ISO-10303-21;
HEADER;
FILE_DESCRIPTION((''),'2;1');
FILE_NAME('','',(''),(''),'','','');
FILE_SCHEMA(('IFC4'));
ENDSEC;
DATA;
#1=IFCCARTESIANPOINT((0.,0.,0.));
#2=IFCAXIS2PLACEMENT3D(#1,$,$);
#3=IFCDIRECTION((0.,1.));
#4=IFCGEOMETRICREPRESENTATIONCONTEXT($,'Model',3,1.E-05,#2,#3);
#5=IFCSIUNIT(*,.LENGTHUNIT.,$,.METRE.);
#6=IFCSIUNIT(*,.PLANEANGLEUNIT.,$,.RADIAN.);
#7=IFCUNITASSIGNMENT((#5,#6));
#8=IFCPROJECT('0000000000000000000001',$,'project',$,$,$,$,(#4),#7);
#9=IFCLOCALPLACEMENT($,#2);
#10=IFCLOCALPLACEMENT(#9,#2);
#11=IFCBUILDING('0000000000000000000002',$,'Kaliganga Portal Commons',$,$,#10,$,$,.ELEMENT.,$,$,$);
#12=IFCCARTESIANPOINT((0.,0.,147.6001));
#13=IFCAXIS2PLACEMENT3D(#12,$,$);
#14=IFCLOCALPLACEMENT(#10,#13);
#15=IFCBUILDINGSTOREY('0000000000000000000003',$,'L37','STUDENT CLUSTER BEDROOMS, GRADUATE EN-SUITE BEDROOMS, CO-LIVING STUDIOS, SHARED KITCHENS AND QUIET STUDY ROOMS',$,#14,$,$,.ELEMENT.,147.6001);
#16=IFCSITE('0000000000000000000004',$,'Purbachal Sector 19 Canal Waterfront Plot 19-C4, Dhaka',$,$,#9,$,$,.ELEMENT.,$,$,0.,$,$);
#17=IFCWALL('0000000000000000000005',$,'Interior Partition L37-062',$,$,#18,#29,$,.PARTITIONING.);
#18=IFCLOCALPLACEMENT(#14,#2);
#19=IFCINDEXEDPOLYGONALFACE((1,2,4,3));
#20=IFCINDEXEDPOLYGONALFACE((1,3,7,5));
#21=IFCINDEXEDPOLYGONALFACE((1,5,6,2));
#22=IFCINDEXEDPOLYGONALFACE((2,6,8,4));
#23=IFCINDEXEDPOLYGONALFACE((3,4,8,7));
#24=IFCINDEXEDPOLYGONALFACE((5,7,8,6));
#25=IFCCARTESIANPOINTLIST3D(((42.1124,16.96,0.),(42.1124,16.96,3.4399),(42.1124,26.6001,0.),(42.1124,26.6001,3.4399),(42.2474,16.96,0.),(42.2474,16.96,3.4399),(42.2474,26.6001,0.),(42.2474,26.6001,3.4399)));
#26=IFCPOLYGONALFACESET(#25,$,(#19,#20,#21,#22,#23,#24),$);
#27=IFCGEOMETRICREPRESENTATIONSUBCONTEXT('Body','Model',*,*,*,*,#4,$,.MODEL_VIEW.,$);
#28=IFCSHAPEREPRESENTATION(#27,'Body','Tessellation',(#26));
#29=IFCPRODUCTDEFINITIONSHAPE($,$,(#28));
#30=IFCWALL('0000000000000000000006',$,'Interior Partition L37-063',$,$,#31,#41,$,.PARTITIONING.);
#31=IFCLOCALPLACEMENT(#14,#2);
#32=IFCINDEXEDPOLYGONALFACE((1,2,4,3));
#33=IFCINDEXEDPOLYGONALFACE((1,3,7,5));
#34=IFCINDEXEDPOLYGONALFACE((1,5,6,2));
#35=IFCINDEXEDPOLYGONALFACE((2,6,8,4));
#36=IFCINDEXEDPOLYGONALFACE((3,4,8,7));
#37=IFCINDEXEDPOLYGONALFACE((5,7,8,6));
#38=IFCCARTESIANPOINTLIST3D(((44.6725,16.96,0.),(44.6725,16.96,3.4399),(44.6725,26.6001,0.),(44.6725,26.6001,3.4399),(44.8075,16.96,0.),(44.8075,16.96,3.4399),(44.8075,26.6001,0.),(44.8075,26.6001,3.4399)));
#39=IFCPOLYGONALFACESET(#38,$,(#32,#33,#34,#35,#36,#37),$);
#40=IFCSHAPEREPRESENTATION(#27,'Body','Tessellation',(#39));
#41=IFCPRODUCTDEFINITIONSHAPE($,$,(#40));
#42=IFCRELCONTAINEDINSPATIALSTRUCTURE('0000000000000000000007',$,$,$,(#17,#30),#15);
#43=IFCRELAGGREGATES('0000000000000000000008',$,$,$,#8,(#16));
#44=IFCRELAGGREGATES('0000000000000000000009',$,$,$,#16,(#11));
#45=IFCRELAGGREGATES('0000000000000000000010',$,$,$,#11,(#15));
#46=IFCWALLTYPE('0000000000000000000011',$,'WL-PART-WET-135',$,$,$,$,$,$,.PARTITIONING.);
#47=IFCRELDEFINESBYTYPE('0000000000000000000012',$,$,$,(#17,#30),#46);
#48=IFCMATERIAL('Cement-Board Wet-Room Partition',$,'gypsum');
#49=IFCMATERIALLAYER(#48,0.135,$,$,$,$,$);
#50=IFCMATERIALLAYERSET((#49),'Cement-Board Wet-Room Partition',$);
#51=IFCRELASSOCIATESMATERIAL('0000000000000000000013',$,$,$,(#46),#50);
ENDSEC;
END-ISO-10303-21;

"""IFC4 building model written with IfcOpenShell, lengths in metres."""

from ifc_helpers import new_model, si_unit, direction, frame, frame_2d, origin, place, context, subcontext, project, spatial, rectangle, extrude, material, layer, layer_set, type_object, element, save


model = new_model("IFC4")

# Units and contexts
model_context = context("Model", 3, precision=1e-05, world=origin(), true_north=direction((0.0, 1.0)))
body_context = subcontext(model_context, "Body", "Model", "MODEL_VIEW")
ifc_project = project(units=[si_unit("LENGTHUNIT", "METRE"), si_unit("PLANEANGLEUNIT", "RADIAN")], contexts=[model_context])

# Site, building, storey
site_placement = place(None, origin())
site = spatial("IfcSite", under=ifc_project, at=site_placement, Name="Purbachal Sector 19 Canal Waterfront Plot 19-C4, Dhaka", CompositionType="ELEMENT", RefElevation=0.0)
building_placement = place(site_placement, origin())
building = spatial("IfcBuilding", under=site, at=building_placement, Name="Kaliganga Portal Commons", CompositionType="ELEMENT")
storey_placement = place(building_placement, frame((0.0, 0.0, 147.6001)))
storey = spatial("IfcBuildingStorey", under=building, at=storey_placement, Name="L37", Description="STUDENT CLUSTER BEDROOMS, GRADUATE EN-SUITE BEDROOMS, CO-LIVING STUDIOS, SHARED KITCHENS AND QUIET STUDY ROOMS", CompositionType="ELEMENT", Elevation=147.6001)

# Walls
ifc_material_1 = material(Name="Cement-Board Wet-Room Partition", Category="gypsum")
ifc_layer_1 = layer(ifc_material_1, 0.135)
ifc_layer_set_1 = layer_set([ifc_layer_1], Name="Cement-Board Wet-Room Partition")
wall_type_1 = type_object("IfcWallType", Name="WL-PART-WET-135", PredefinedType="PARTITIONING", material=ifc_layer_set_1)
for number, where, z_axis, x_axis, name in (
    (1, (42.1799, 16.96, 0.0), (0.0, 0.0, 1.0), (0.0, 1.0, 0.0), "Interior Partition L37-062"),
    (2, (44.74, 16.96, 0.0), (0.0, 0.0, 1.0), (0.0, 1.0, 0.0), "Interior Partition L37-063"),
):
    element("IfcWall", number, at=place(storey_placement, frame(where, z_axis=z_axis, x_axis=x_axis)), inside=storey, type_object=wall_type_1, Name=name, PredefinedType="PARTITIONING", context=body_context, shape_type="SweptSolid", body=[
        extrude(rectangle(XDim=9.6401, YDim=0.135, at=frame_2d((4.8201, 0.0))), origin(), (0.0, 0.0, 1.0), 3.4399),
    ])

save(model, "model.ifc")
